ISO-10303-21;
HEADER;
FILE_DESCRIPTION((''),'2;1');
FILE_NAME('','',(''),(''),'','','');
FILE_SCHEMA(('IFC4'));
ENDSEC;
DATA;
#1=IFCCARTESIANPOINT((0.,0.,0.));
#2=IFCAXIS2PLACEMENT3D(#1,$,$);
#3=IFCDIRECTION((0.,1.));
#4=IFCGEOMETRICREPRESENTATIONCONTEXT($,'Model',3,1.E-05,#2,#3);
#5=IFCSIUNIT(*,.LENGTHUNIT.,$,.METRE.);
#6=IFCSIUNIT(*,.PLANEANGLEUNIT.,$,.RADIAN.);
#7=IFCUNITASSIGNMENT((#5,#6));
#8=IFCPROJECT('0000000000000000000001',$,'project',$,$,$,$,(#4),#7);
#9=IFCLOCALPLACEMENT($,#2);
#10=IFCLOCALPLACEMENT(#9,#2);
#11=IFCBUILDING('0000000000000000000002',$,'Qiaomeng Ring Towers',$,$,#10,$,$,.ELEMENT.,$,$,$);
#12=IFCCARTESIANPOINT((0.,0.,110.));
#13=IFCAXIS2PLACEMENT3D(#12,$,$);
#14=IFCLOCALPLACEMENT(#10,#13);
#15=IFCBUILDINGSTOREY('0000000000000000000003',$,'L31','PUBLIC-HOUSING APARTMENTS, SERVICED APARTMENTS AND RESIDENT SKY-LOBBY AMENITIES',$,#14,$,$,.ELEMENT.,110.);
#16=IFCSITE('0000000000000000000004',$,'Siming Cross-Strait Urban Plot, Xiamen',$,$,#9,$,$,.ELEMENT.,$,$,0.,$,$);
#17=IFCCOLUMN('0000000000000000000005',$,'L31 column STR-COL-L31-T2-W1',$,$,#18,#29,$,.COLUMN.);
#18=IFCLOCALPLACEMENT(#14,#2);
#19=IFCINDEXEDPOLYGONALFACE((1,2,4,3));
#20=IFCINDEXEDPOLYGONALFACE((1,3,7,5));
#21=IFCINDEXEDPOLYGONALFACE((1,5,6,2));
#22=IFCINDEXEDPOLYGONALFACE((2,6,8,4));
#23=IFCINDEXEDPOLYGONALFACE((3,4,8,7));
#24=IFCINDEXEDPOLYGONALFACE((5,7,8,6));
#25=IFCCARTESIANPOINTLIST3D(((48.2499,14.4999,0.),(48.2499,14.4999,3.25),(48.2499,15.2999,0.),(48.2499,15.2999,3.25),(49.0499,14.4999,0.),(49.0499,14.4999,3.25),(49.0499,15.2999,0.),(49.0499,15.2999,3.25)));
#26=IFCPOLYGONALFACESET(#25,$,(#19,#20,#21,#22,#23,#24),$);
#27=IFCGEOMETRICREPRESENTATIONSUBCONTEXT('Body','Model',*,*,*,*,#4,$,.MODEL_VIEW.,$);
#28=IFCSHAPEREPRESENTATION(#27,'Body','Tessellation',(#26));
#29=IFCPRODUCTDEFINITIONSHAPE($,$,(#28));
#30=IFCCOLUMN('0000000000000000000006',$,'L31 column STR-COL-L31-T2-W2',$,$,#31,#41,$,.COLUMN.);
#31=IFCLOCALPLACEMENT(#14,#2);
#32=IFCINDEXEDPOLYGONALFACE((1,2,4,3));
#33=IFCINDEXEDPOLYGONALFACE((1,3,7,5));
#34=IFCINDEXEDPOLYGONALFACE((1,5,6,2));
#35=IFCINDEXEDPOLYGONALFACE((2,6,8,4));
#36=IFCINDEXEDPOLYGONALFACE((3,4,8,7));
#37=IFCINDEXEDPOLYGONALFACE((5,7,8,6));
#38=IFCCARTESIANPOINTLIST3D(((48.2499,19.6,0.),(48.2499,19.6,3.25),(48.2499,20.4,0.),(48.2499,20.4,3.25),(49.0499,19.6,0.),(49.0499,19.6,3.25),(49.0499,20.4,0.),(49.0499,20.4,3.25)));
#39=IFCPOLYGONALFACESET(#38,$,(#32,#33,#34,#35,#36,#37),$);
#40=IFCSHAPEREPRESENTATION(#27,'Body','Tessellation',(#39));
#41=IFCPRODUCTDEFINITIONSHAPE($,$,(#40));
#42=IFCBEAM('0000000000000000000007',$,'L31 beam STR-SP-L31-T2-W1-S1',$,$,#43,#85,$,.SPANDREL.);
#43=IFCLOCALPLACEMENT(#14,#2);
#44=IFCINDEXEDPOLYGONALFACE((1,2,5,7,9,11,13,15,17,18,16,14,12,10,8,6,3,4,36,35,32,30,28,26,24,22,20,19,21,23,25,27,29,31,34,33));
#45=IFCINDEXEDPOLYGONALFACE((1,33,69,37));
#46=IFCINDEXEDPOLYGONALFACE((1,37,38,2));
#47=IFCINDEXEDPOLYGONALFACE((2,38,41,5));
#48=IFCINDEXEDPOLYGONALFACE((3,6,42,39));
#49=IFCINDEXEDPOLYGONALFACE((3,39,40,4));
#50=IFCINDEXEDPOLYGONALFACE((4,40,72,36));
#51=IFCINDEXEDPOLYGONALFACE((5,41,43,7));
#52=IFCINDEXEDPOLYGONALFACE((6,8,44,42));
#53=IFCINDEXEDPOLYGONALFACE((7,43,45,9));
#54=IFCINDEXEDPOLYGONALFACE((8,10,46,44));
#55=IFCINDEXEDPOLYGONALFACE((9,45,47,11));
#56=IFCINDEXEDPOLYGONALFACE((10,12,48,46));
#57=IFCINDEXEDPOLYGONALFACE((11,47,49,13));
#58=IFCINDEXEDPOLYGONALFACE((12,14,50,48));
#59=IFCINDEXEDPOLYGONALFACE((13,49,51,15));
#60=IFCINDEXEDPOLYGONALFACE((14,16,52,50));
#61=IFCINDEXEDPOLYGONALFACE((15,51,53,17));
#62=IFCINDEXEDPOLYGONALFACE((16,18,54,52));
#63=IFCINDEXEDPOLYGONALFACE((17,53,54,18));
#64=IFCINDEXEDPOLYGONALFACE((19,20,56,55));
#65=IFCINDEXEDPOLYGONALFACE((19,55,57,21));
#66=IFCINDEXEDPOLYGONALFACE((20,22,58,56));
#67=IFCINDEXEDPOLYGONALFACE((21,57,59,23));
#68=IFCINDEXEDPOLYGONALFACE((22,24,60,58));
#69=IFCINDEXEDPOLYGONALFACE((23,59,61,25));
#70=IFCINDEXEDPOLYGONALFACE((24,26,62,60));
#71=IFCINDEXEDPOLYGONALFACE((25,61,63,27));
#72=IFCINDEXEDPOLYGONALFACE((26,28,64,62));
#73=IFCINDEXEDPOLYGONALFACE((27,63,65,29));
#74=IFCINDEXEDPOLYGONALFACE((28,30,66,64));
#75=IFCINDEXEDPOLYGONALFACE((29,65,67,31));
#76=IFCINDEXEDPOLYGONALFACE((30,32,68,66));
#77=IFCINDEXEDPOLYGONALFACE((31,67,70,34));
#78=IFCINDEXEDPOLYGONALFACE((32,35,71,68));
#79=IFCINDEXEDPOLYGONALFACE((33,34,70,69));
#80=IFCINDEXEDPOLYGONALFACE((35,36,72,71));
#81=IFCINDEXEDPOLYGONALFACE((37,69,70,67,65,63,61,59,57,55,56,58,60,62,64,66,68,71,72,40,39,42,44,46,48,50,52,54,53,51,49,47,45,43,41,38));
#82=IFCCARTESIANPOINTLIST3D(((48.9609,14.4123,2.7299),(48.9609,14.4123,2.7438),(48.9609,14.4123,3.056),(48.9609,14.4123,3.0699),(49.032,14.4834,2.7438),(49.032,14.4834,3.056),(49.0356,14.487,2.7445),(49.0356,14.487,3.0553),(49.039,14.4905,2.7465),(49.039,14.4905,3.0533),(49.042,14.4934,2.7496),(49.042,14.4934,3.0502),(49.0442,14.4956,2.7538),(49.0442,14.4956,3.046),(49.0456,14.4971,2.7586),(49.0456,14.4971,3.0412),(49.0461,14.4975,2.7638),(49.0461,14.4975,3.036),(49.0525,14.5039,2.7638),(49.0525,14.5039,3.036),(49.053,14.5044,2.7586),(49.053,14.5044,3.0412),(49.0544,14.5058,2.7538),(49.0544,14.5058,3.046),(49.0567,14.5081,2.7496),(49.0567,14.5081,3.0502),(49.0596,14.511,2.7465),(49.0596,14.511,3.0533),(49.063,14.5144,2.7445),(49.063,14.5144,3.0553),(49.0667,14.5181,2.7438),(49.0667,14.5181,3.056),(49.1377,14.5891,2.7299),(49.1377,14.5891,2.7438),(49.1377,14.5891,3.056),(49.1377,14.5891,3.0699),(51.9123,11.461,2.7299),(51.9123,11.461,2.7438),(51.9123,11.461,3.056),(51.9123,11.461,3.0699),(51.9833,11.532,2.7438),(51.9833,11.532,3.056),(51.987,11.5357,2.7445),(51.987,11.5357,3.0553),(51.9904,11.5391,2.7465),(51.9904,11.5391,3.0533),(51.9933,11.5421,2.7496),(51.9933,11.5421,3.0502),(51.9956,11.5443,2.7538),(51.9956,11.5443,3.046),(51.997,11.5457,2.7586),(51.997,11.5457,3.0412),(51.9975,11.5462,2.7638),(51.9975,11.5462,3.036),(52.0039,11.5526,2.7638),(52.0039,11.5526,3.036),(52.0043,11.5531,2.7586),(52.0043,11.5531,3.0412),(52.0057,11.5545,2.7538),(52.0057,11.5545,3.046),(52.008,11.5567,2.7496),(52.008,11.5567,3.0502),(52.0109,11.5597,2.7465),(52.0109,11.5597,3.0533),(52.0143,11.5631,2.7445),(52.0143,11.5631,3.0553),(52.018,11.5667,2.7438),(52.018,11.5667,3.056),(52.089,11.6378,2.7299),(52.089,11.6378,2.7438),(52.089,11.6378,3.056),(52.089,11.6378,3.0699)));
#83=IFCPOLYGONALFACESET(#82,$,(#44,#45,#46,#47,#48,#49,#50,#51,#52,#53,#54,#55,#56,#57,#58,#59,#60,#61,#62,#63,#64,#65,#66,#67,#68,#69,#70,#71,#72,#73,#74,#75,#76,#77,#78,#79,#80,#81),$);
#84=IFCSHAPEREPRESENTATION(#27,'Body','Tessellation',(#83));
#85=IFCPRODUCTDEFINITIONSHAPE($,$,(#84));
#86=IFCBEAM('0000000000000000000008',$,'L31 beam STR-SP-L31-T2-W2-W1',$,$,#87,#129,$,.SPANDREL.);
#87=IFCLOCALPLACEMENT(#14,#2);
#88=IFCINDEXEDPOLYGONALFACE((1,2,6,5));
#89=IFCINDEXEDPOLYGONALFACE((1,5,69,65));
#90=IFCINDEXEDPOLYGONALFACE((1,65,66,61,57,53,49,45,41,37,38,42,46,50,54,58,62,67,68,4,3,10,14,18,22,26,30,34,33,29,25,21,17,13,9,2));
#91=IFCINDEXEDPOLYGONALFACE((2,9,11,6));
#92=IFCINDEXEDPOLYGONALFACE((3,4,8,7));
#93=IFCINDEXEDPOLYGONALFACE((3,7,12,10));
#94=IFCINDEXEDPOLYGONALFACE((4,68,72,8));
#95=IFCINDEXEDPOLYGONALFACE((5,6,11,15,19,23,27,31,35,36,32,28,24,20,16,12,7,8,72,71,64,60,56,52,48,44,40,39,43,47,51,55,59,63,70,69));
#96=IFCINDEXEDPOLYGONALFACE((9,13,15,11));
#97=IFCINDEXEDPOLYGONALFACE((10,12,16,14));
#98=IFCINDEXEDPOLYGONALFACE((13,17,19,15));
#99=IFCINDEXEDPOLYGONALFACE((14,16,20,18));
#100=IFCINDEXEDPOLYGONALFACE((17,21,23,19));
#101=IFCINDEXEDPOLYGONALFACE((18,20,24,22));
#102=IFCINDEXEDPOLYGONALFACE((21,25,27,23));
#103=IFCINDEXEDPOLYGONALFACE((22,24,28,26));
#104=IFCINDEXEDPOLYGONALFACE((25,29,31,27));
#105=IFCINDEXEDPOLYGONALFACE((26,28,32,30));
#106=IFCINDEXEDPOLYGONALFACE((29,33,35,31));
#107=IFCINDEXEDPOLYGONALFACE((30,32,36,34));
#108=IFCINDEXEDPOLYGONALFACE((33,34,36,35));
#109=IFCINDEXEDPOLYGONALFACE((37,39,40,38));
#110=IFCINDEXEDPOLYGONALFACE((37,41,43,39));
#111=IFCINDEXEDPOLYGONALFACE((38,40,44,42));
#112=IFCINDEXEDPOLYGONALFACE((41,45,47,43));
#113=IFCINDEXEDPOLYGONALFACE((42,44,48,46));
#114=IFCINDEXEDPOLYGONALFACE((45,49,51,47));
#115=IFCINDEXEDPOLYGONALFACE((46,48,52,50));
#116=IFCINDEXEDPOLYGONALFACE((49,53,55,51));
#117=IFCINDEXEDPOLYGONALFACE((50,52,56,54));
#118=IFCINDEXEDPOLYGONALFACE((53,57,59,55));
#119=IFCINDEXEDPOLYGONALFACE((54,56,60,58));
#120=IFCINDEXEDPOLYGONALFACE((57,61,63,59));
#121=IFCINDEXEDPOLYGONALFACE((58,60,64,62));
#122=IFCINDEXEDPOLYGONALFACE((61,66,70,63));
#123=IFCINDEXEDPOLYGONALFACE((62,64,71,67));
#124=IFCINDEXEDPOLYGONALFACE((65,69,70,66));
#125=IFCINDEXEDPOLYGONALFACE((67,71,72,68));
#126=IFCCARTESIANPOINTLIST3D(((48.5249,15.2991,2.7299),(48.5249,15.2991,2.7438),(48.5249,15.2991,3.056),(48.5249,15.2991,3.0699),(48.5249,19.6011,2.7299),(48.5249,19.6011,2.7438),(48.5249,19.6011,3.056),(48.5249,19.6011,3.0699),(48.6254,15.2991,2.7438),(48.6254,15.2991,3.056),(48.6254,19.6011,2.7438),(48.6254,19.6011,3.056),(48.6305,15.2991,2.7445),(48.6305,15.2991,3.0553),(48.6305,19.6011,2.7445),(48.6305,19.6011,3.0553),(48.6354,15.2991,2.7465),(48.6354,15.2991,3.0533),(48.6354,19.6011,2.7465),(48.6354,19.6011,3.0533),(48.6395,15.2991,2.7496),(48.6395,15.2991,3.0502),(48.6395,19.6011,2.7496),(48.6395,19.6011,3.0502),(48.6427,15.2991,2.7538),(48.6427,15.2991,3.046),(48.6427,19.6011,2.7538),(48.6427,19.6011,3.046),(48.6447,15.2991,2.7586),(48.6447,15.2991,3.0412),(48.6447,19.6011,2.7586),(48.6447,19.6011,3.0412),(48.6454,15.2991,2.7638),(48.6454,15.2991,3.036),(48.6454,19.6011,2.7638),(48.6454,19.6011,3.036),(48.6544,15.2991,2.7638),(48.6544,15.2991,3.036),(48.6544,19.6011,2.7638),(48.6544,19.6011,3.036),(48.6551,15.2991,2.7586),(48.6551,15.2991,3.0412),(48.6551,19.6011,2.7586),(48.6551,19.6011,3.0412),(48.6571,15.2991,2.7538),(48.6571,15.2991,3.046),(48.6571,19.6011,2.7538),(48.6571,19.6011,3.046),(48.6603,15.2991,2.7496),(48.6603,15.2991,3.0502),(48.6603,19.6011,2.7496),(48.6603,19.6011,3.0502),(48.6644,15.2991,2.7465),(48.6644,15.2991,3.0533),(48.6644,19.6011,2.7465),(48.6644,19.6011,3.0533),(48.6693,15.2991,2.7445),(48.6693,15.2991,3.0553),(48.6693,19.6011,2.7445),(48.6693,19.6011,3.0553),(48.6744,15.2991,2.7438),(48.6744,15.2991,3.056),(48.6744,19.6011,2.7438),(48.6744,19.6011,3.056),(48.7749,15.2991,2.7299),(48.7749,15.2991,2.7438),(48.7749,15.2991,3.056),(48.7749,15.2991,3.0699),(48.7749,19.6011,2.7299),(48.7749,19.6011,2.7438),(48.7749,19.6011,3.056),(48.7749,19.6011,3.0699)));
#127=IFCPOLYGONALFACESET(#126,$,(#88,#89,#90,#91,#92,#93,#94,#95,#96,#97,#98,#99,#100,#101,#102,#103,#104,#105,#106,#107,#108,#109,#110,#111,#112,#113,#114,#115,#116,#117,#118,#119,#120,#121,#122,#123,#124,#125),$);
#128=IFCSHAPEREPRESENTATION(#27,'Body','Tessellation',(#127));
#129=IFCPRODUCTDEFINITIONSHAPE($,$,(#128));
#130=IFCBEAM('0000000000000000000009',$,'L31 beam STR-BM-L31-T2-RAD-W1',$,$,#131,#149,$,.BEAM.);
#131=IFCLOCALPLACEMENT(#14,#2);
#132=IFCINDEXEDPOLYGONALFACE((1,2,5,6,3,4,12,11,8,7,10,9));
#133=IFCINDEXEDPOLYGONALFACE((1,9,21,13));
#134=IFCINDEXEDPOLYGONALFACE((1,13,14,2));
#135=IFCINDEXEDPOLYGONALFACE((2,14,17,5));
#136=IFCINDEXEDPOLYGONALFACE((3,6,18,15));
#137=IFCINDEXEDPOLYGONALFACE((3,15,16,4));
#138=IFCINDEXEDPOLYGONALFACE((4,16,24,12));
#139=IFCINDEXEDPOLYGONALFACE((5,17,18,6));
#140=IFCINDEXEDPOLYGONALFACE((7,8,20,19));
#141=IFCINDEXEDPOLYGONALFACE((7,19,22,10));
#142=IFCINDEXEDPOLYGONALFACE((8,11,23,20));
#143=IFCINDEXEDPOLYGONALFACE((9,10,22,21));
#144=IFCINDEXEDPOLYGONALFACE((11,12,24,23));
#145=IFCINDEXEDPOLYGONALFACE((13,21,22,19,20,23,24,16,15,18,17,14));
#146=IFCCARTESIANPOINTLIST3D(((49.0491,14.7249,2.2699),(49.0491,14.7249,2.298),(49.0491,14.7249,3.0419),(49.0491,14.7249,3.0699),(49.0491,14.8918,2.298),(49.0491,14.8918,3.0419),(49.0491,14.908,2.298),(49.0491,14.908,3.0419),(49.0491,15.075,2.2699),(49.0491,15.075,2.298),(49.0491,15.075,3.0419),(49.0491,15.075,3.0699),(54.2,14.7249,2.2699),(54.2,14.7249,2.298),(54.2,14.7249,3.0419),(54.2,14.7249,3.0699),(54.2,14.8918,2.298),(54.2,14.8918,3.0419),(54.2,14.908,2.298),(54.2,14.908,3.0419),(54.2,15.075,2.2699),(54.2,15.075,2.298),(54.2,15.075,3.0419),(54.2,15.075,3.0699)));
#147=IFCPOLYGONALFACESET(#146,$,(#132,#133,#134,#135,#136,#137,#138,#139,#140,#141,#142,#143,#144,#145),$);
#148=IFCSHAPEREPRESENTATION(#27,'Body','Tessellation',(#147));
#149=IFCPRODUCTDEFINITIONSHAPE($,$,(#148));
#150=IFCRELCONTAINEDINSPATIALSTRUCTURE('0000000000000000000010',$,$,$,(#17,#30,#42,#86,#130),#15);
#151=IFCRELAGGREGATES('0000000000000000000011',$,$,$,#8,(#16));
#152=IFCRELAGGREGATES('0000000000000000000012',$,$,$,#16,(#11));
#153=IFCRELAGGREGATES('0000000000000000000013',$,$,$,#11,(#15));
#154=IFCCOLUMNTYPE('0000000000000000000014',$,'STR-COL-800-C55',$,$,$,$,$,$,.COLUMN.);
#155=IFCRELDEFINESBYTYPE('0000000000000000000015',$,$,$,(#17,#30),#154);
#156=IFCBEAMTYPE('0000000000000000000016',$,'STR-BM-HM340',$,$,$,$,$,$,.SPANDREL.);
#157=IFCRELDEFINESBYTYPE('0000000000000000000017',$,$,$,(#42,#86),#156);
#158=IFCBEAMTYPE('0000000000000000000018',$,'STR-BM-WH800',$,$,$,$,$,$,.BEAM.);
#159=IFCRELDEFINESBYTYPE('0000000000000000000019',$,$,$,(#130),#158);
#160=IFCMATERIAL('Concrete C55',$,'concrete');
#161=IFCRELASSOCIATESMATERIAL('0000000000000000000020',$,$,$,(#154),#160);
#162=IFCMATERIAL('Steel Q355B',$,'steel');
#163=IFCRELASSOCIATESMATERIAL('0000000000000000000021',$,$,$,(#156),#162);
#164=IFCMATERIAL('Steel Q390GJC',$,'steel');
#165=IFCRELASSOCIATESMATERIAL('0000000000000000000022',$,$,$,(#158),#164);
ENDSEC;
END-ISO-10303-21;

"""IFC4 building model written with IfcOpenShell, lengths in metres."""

from ifc_helpers import new_model, si_unit, direction, frame, origin, origin_2d, place, context, subcontext, project, spatial, rectangle, i_section, extrude, source, transform, mapped, material, material_profile, profile_set, type_object, element, save


model = new_model("IFC4")

# Units and contexts
model_context = context("Model", 3, precision=1e-05, world=origin(), true_north=direction((0.0, 1.0)))
body_context = subcontext(model_context, "Body", "Model", "MODEL_VIEW")
ifc_project = project(units=[si_unit("LENGTHUNIT", "METRE"), si_unit("PLANEANGLEUNIT", "RADIAN")], contexts=[model_context])

# Site, building, storey
site_placement = place(None, origin())
site = spatial("IfcSite", under=ifc_project, at=site_placement, Name="Siming Cross-Strait Urban Plot, Xiamen", CompositionType="ELEMENT", RefElevation=0.0)
building_placement = place(site_placement, origin())
building = spatial("IfcBuilding", under=site, at=building_placement, Name="Qiaomeng Ring Towers", CompositionType="ELEMENT")
storey_placement = place(building_placement, frame((0.0, 0.0, 110.0)))
storey = spatial("IfcBuildingStorey", under=building, at=storey_placement, Name="L31", Description="PUBLIC-HOUSING APARTMENTS, SERVICED APARTMENTS AND RESIDENT SKY-LOBBY AMENITIES", CompositionType="ELEMENT", Elevation=110.0)

# Columns
ifc_material_1 = material(Name="Concrete C55", Category="concrete")
ifc_material_profile_1 = material_profile(ifc_material_1, rectangle(XDim=0.8, YDim=0.8, at=origin_2d()), Name="RC COL 800x800")
ifc_profile_set_1 = profile_set([ifc_material_profile_1], Name="Concrete C55")
column_type = type_object("IfcColumnType", Name="STR-COL-800-C55", PredefinedType="COLUMN", material=ifc_profile_set_1)
shared_shape_1 = source(origin(), body_context, "Body", "SweptSolid", [
    extrude(rectangle(XDim=0.8, YDim=0.8, at=origin_2d()), origin(), (0.0, 0.0, 1.0), 3.25),
])
for number, where, z_axis, x_axis, name in (
    (1, (48.6499, 14.8999, 0.0), (0.0, 0.0, 1.0), (1.0, 0.0, 0.0), "L31 column STR-COL-L31-T2-W1"),
    (2, (48.6499, 20.0, 0.0), (0.0, 0.0, 1.0), (1.0, 0.0, 0.0), "L31 column STR-COL-L31-T2-W2"),
):
    element("IfcColumn", number, at=place(storey_placement, frame(where, z_axis=z_axis, x_axis=x_axis)), inside=storey, type_object=column_type, Name=name, PredefinedType="COLUMN", context=body_context, shape_type="MappedRepresentation", body=[
        mapped(shared_shape_1, transform((0.0, 0.0, 0.0), x_axis=(1.0, 0.0, 0.0), y_axis=(0.0, 1.0, 0.0), z_axis=(0.0, 0.0, 1.0), scale=1.0)),
    ])

# Beams
ifc_material_2 = material(Name="Steel Q355B", Category="steel")
ifc_material_profile_2 = material_profile(ifc_material_2, i_section(OverallWidth=0.25, OverallDepth=0.3401, WebThickness=0.009, FlangeThickness=0.0139, FilletRadius=0.02, at=origin_2d()), Name="HM 340x250x9x14")
ifc_profile_set_2 = profile_set([ifc_material_profile_2], Name="Steel Q355B")
beam_type_1 = type_object("IfcBeamType", Name="STR-BM-HM340", PredefinedType="SPANDREL", material=ifc_profile_set_2)
shared_shape_2 = source(origin(), body_context, "Body", "SweptSolid", [
    extrude(i_section(OverallWidth=0.25, OverallDepth=0.3401, WebThickness=0.009, FlangeThickness=0.0139, FilletRadius=0.02, at=origin_2d()), origin(), (0.0, 0.0, 1.0), 4.1738),
])
beam_1_placement = place(storey_placement, frame((49.0493, 14.5007, 2.8999), z_axis=(0.707107, -0.707107, 0.0), x_axis=(0.707107, 0.707107, 0.0)))
element("IfcBeam", 3, at=beam_1_placement, inside=storey, type_object=beam_type_1, Name="L31 beam STR-SP-L31-T2-W1-S1", PredefinedType="SPANDREL", context=body_context, shape_type="MappedRepresentation", body=[
    mapped(shared_shape_2, transform((0.0, 0.0, 0.0), x_axis=(1.0, 0.0, 0.0), y_axis=(0.0, 1.0, 0.0), z_axis=(0.0, 0.0, 1.0), scale=1.0)),
])
shared_shape_3 = source(origin(), body_context, "Body", "SweptSolid", [
    extrude(i_section(OverallWidth=0.25, OverallDepth=0.3401, WebThickness=0.009, FlangeThickness=0.0139, FilletRadius=0.02, at=origin_2d()), origin(), (0.0, 0.0, 1.0), 4.302),
])
beam_2_placement = place(storey_placement, frame((48.6499, 19.6011, 2.8999), z_axis=(0.0, -1.0, 0.0), x_axis=(1.0, 0.0, 0.0)))
element("IfcBeam", 4, at=beam_2_placement, inside=storey, type_object=beam_type_1, Name="L31 beam STR-SP-L31-T2-W2-W1", PredefinedType="SPANDREL", context=body_context, shape_type="MappedRepresentation", body=[
    mapped(shared_shape_3, transform((0.0, 0.0, 0.0), x_axis=(1.0, 0.0, 0.0), y_axis=(0.0, 1.0, 0.0), z_axis=(0.0, 0.0, 1.0), scale=1.0)),
])
ifc_material_3 = material(Name="Steel Q390GJC", Category="steel")
ifc_material_profile_3 = material_profile(ifc_material_3, i_section(OverallWidth=0.3501, OverallDepth=0.8, WebThickness=0.0161, FlangeThickness=0.0281, at=origin_2d()), Name="WH 800x350x16x28")
ifc_profile_set_3 = profile_set([ifc_material_profile_3], Name="Steel Q390GJC")
beam_type_2 = type_object("IfcBeamType", Name="STR-BM-WH800", PredefinedType="BEAM", material=ifc_profile_set_3)
shared_shape_4 = source(origin(), body_context, "Body", "SweptSolid", [
    extrude(i_section(OverallWidth=0.3501, OverallDepth=0.8, WebThickness=0.0161, FlangeThickness=0.0281, at=origin_2d()), origin(), (0.0, 0.0, 1.0), 5.1509),
])
beam_3_placement = place(storey_placement, frame((49.0491, 14.8999, 2.6699), z_axis=(1.0, 0.0, 0.0), x_axis=(0.0, 1.0, 0.0)))
element("IfcBeam", 5, at=beam_3_placement, inside=storey, type_object=beam_type_2, Name="L31 beam STR-BM-L31-T2-RAD-W1", PredefinedType="BEAM", context=body_context, shape_type="MappedRepresentation", body=[
    mapped(shared_shape_4, transform((0.0, 0.0, 0.0), x_axis=(1.0, 0.0, 0.0), y_axis=(0.0, 1.0, 0.0), z_axis=(0.0, 0.0, 1.0), scale=1.0)),
])

save(model, "model.ifc")
